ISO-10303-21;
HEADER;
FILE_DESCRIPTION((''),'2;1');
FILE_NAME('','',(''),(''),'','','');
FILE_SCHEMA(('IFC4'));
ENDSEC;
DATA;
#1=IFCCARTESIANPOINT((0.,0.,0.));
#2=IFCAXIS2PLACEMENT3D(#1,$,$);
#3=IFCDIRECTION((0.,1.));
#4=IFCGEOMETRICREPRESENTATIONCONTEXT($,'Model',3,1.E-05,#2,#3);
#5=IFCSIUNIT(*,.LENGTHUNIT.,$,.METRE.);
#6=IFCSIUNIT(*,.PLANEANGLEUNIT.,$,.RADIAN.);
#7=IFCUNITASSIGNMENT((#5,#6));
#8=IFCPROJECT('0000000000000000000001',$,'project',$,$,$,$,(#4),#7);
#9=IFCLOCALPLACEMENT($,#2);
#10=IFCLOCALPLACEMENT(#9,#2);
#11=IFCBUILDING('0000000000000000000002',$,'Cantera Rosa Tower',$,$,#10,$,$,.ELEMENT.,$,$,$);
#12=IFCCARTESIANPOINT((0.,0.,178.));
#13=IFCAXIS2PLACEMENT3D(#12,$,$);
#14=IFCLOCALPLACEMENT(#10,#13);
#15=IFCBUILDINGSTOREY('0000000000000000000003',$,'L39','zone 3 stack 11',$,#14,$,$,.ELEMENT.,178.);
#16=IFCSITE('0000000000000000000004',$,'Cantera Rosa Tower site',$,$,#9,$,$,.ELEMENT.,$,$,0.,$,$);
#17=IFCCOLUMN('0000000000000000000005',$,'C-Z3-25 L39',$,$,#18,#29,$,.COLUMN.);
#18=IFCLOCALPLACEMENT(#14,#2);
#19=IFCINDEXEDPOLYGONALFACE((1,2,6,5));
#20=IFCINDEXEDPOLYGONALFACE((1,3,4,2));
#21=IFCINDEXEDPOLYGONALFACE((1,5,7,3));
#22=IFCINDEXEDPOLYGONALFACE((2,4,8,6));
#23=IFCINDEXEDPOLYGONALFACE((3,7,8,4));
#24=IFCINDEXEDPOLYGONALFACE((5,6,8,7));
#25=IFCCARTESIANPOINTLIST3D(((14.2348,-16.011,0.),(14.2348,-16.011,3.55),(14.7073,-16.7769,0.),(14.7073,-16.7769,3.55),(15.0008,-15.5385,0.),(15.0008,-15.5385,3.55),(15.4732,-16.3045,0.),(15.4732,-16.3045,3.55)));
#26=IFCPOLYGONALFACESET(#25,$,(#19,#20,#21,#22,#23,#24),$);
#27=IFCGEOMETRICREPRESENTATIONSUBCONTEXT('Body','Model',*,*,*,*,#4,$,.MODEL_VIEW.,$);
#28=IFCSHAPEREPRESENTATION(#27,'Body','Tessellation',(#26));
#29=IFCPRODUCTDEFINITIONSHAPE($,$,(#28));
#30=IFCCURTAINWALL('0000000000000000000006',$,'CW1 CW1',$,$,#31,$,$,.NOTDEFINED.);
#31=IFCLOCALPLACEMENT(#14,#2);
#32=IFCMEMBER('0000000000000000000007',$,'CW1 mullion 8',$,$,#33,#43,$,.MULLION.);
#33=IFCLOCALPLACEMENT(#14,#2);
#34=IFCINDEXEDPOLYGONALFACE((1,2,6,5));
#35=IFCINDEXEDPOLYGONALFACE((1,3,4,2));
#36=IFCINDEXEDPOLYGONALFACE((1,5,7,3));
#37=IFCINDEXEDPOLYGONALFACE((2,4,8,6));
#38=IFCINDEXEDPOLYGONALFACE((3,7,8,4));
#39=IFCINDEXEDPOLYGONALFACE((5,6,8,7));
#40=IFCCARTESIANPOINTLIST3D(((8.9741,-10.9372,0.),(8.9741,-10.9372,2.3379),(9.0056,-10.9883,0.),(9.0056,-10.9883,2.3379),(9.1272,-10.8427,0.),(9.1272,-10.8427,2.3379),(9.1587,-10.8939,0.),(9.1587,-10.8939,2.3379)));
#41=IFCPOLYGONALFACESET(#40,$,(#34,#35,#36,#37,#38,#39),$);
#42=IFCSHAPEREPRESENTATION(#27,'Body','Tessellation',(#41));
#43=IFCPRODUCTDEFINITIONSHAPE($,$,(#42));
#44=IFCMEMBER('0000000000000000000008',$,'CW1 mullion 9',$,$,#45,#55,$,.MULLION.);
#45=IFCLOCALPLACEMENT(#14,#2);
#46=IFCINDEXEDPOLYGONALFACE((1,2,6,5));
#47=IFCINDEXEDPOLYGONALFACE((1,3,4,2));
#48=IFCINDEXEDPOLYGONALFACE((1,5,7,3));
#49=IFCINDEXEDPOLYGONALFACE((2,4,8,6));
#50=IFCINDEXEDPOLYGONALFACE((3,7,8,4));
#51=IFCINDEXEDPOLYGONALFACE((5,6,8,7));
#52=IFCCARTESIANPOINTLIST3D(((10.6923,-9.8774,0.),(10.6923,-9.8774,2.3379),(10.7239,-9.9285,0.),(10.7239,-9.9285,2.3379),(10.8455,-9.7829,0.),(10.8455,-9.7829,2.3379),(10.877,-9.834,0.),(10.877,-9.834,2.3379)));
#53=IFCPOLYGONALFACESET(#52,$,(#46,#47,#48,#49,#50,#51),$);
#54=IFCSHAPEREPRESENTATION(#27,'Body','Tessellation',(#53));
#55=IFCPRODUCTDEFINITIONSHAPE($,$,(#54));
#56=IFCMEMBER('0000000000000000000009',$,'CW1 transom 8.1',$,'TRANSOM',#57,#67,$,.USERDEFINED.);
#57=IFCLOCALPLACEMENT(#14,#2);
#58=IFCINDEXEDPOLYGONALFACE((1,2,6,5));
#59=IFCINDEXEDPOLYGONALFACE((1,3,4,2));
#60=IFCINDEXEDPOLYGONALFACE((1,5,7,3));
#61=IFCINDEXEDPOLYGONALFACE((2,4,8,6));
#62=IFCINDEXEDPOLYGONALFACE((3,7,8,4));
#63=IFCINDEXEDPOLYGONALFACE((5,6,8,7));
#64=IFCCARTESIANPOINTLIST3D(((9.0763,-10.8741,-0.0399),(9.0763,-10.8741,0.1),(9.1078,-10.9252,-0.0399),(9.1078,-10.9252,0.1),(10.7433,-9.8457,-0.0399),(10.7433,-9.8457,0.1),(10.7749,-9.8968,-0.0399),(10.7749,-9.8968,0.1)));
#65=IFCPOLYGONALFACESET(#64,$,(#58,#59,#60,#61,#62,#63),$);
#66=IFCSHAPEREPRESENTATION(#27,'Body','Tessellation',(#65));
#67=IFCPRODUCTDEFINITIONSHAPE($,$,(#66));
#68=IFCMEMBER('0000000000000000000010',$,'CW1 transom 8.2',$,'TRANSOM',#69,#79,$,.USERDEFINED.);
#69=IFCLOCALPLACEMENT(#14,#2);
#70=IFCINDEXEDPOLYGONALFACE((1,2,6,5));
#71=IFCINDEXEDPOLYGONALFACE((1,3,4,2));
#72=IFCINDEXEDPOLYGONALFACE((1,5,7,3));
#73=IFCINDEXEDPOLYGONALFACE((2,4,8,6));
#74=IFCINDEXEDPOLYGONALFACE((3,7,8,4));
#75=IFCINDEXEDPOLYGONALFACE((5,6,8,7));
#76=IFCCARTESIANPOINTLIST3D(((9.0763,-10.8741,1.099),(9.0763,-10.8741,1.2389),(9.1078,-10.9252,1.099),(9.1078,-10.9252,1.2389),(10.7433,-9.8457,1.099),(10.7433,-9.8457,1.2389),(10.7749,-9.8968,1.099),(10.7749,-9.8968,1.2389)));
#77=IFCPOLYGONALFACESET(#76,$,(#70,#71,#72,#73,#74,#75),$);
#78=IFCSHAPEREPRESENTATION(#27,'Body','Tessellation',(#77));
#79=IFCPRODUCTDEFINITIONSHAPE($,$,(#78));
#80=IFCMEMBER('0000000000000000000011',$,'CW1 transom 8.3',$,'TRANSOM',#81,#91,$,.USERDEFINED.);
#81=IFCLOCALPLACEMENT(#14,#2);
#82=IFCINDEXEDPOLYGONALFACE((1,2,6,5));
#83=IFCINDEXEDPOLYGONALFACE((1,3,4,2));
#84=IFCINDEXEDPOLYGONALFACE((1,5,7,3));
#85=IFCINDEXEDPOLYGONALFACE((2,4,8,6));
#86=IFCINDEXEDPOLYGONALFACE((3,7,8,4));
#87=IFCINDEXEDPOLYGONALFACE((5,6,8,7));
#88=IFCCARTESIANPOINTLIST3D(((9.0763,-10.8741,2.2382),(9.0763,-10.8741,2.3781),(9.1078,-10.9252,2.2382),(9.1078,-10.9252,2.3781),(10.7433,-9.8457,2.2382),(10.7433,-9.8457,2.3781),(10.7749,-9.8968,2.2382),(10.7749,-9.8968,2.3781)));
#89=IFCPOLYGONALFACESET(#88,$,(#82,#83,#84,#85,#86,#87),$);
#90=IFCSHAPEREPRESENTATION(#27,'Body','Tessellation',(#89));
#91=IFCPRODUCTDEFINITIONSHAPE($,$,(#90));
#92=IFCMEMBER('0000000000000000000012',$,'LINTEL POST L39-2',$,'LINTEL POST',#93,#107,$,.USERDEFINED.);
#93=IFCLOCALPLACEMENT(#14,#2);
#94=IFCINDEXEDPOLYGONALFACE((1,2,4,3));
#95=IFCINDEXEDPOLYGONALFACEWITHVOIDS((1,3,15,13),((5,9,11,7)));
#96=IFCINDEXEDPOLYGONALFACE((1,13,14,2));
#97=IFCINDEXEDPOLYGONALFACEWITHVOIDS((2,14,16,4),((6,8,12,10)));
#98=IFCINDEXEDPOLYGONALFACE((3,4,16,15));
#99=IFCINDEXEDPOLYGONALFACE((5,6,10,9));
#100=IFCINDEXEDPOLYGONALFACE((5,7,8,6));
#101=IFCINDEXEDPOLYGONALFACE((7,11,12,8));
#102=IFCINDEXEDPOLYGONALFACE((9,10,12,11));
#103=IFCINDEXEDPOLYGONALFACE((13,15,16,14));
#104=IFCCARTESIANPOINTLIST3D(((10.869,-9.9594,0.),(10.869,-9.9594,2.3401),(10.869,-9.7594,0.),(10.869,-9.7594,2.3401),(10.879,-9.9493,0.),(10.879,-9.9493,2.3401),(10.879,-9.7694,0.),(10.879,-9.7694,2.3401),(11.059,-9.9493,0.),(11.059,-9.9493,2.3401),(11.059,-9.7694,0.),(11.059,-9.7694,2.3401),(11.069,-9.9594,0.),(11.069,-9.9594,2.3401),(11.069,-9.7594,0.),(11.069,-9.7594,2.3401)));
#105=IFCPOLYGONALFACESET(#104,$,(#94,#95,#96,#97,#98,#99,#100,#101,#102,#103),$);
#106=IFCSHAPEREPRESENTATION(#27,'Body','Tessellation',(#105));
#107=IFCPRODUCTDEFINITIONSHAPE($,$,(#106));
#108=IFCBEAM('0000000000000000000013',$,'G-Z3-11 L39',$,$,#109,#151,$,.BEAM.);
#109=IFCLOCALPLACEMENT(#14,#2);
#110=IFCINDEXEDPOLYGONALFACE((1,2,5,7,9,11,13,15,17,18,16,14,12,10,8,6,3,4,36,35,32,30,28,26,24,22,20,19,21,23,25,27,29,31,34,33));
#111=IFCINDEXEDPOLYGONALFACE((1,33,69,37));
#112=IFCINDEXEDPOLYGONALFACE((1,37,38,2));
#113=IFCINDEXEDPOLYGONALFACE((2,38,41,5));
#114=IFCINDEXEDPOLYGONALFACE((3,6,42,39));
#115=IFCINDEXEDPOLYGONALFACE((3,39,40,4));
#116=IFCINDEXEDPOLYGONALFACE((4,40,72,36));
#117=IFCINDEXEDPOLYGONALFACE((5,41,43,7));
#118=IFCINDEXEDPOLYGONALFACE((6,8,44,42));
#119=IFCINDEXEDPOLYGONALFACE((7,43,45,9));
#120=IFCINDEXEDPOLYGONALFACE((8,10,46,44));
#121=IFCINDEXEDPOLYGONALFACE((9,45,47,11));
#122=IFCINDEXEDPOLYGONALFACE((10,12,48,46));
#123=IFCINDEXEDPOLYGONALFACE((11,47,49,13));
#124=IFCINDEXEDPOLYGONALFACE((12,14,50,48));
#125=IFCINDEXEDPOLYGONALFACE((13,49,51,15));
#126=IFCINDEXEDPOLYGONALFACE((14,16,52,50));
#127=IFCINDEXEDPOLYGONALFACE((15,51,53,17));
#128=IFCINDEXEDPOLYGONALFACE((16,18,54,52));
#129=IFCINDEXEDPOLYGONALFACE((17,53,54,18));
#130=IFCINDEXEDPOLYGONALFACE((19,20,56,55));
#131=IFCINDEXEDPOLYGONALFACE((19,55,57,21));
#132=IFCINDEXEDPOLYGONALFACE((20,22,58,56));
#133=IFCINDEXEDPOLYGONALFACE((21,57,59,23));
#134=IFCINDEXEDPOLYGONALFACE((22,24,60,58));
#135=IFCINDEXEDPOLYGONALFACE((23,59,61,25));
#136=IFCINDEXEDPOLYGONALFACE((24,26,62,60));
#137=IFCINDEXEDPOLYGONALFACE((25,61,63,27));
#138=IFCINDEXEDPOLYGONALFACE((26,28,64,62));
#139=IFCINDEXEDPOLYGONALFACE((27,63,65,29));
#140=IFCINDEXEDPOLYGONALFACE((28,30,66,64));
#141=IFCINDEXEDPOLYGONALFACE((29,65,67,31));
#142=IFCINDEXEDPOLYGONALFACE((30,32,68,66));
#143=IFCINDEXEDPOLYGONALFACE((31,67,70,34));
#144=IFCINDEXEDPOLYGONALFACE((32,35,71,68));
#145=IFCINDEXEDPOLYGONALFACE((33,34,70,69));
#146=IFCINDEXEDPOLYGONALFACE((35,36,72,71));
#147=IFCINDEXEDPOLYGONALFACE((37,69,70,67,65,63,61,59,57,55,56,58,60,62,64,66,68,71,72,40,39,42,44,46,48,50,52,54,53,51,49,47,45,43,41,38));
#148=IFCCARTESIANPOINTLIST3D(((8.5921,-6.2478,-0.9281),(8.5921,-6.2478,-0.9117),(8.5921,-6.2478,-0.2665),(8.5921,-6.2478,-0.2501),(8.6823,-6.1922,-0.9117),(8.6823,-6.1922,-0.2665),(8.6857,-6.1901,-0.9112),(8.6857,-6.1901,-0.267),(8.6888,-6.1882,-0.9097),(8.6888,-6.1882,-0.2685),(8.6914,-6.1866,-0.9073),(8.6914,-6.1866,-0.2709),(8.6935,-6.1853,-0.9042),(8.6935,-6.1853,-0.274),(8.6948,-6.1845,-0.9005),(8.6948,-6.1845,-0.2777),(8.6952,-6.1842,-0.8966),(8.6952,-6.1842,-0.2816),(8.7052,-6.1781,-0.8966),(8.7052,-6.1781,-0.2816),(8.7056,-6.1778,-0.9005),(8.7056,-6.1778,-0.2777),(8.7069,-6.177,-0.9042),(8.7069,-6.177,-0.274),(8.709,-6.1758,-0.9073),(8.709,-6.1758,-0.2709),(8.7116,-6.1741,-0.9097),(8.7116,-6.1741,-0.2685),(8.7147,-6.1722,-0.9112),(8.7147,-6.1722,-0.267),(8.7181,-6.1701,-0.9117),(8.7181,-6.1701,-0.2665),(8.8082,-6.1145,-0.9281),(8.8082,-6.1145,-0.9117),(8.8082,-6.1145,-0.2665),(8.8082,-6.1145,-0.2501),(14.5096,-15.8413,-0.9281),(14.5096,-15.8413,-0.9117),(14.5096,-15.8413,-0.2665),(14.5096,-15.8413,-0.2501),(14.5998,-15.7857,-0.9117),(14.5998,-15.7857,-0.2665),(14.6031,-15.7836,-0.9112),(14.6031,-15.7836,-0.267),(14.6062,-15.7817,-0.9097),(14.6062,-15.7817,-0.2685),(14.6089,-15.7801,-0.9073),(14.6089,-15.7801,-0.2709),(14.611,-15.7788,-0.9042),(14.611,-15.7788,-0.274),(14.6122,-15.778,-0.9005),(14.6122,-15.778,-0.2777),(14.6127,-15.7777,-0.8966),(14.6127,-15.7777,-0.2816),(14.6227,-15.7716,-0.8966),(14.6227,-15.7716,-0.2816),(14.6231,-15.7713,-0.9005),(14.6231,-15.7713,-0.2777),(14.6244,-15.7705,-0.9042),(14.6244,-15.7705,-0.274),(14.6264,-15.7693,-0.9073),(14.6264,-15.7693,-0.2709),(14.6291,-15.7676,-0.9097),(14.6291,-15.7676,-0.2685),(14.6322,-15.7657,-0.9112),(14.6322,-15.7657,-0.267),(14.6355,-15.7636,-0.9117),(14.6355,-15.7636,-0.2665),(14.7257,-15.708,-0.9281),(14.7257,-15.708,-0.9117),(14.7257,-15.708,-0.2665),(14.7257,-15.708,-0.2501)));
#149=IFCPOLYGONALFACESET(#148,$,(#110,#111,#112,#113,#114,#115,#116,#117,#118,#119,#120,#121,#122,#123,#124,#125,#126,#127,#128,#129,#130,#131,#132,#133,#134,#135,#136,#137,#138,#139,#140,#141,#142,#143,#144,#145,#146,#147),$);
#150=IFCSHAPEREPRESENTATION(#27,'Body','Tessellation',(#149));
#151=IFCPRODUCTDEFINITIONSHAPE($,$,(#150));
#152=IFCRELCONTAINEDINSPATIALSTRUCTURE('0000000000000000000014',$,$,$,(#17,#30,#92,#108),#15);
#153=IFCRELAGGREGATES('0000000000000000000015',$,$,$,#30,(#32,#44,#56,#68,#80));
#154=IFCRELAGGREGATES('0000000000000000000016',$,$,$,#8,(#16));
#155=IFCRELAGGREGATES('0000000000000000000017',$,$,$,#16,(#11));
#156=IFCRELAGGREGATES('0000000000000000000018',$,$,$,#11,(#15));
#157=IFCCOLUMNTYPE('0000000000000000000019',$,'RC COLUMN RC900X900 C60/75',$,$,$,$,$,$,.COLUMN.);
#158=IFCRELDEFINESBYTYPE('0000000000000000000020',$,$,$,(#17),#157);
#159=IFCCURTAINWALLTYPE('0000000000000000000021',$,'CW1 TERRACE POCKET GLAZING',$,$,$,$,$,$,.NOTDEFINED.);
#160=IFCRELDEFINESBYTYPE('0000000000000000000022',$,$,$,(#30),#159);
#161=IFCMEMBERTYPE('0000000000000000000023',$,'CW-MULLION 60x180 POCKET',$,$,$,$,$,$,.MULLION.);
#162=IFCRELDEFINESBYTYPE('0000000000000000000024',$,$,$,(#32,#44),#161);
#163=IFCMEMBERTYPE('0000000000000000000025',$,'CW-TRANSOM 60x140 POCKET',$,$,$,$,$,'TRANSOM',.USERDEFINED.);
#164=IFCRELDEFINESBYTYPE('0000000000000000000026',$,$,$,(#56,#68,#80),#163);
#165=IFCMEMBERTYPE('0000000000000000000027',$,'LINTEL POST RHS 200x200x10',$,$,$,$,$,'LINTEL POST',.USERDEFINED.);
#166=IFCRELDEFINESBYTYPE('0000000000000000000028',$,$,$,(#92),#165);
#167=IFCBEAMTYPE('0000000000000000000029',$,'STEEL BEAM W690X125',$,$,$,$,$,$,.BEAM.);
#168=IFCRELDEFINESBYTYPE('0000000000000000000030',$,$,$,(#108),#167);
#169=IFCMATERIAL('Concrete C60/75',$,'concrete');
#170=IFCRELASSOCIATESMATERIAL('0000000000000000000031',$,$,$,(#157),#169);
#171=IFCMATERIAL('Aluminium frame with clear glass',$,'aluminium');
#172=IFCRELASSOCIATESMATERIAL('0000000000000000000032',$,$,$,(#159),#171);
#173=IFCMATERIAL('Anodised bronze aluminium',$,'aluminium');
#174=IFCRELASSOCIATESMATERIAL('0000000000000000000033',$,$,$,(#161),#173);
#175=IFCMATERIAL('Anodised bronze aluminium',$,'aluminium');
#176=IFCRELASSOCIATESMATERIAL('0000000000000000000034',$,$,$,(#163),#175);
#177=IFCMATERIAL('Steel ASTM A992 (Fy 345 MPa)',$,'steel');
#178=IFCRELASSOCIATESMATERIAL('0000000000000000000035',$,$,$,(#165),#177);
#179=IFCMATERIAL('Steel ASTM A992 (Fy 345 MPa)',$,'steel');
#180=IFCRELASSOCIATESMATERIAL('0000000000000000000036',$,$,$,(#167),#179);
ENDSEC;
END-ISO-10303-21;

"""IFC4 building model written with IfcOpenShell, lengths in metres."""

from ifc_helpers import new_model, si_unit, direction, frame, origin, origin_2d, place, context, subcontext, project, spatial, rectangle, hollow_rectangle, i_section, extrude, material, material_profile, profile_set, type_object, element, aggregate, save


model = new_model("IFC4")

# Units and contexts
model_context = context("Model", 3, precision=1e-05, world=origin(), true_north=direction((0.0, 1.0)))
body_context = subcontext(model_context, "Body", "Model", "MODEL_VIEW")
ifc_project = project(units=[si_unit("LENGTHUNIT", "METRE"), si_unit("PLANEANGLEUNIT", "RADIAN")], contexts=[model_context])

# Site, building, storey
site_placement = place(None, origin())
site = spatial("IfcSite", under=ifc_project, at=site_placement, Name="Cantera Rosa Tower site", CompositionType="ELEMENT", RefElevation=0.0)
building_placement = place(site_placement, origin())
building = spatial("IfcBuilding", under=site, at=building_placement, Name="Cantera Rosa Tower", CompositionType="ELEMENT")
storey_placement = place(building_placement, frame((0.0, 0.0, 178.0)))
storey = spatial("IfcBuildingStorey", under=building, at=storey_placement, Name="L39", Description="zone 3 stack 11", CompositionType="ELEMENT", Elevation=178.0)

# Column
ifc_material_1 = material(Name="Concrete C60/75", Category="concrete")
ifc_material_profile_1 = material_profile(ifc_material_1, rectangle(XDim=0.8999, YDim=0.8999, at=origin_2d()), Name="RC COLUMN RC900X900 C60/75")
ifc_profile_set_1 = profile_set([ifc_material_profile_1], Name="Concrete C60/75")
column_type = type_object("IfcColumnType", Name="RC COLUMN RC900X900 C60/75", PredefinedType="COLUMN", material=ifc_profile_set_1)
column_placement = place(storey_placement, frame((14.854, -16.1577, 0.0), z_axis=(0.0, 0.0, 1.0), x_axis=(0.851117, 0.524977, 0.0)))
element("IfcColumn", 1, at=column_placement, inside=storey, type_object=column_type, Name="C-Z3-25 L39", PredefinedType="COLUMN", context=body_context, shape_type="SweptSolid", body=[
    extrude(rectangle(XDim=0.8999, YDim=0.8999, at=origin_2d()), origin(), (0.0, 0.0, 1.0), 3.55),
])

# Curtain wall, members
ifc_material_2 = material(Name="Aluminium frame with clear glass", Category="aluminium")
curtain_wall_type = type_object("IfcCurtainWallType", Name="CW1 TERRACE POCKET GLAZING", PredefinedType="NOTDEFINED", material=ifc_material_2)
curtain_wall_placement = place(storey_placement, origin())
curtain_wall = element("IfcCurtainWall", 2, at=curtain_wall_placement, inside=storey, type_object=curtain_wall_type, Name="CW1 CW1", PredefinedType="NOTDEFINED")
ifc_material_3 = material(Name="Anodised bronze aluminium", Category="aluminium")
ifc_material_profile_2 = material_profile(ifc_material_3, rectangle(XDim=0.0601, YDim=0.1799, at=origin_2d()), Name="CW-MULLION 60x180 POCKET")
ifc_profile_set_2 = profile_set([ifc_material_profile_2], Name="Anodised bronze aluminium")
member_type_1 = type_object("IfcMemberType", Name="CW-MULLION 60x180 POCKET", PredefinedType="MULLION", material=ifc_profile_set_2)
member_1_placement = place(storey_placement, frame((9.0664, -10.9155, 0.0), z_axis=(0.0, 0.0, 1.0), x_axis=(-0.524977, 0.851117, 0.0)))
member_1 = element("IfcMember", 3, at=member_1_placement, type_object=member_type_1, Name="CW1 mullion 8", PredefinedType="MULLION", context=body_context, shape_type="SweptSolid", body=[
    extrude(rectangle(XDim=0.0601, YDim=0.1799, at=origin_2d()), origin(), (0.0, 0.0, 1.0), 2.3379),
])
member_2_placement = place(storey_placement, frame((10.7847, -9.8557, 0.0), z_axis=(0.0, 0.0, 1.0), x_axis=(-0.524977, 0.851117, 0.0)))
member_2 = element("IfcMember", 4, at=member_2_placement, type_object=member_type_1, Name="CW1 mullion 9", PredefinedType="MULLION", context=body_context, shape_type="SweptSolid", body=[
    extrude(rectangle(XDim=0.0601, YDim=0.1799, at=origin_2d()), origin(), (0.0, 0.0, 1.0), 2.3379),
])
ifc_material_4 = material(Name="Anodised bronze aluminium", Category="aluminium")
ifc_material_profile_3 = material_profile(ifc_material_4, rectangle(XDim=0.0601, YDim=0.1399, at=origin_2d()), Name="CW-TRANSOM 60x140 POCKET")
ifc_profile_set_3 = profile_set([ifc_material_profile_3], Name="Anodised bronze aluminium")
member_type_2 = type_object("IfcMemberType", Name="CW-TRANSOM 60x140 POCKET", ElementType="TRANSOM", PredefinedType="USERDEFINED", material=ifc_profile_set_3)
member_3_placement = place(storey_placement, frame((9.092, -10.8997, 0.03), z_axis=(0.851093, 0.525015, 0.0), x_axis=(-0.525015, 0.851093, 0.0)))
member_3 = element("IfcMember", 5, at=member_3_placement, type_object=member_type_2, Name="CW1 transom 8.1", ObjectType="TRANSOM", PredefinedType="USERDEFINED", context=body_context, shape_type="SweptSolid", body=[
    extrude(rectangle(XDim=0.0601, YDim=0.1399, at=origin_2d()), origin(), (0.0, 0.0, 1.0), 1.9587),
])
member_4_placement = place(storey_placement, frame((9.092, -10.8997, 1.1689), z_axis=(0.851093, 0.525015, 0.0), x_axis=(-0.525015, 0.851093, 0.0)))
member_4 = element("IfcMember", 6, at=member_4_placement, type_object=member_type_2, Name="CW1 transom 8.2", ObjectType="TRANSOM", PredefinedType="USERDEFINED", context=body_context, shape_type="SweptSolid", body=[
    extrude(rectangle(XDim=0.0601, YDim=0.1399, at=origin_2d()), origin(), (0.0, 0.0, 1.0), 1.9587),
])
member_5_placement = place(storey_placement, frame((9.092, -10.8997, 2.3081), z_axis=(0.851093, 0.525015, 0.0), x_axis=(-0.525015, 0.851093, 0.0)))
member_5 = element("IfcMember", 7, at=member_5_placement, type_object=member_type_2, Name="CW1 transom 8.3", ObjectType="TRANSOM", PredefinedType="USERDEFINED", context=body_context, shape_type="SweptSolid", body=[
    extrude(rectangle(XDim=0.0601, YDim=0.1399, at=origin_2d()), origin(), (0.0, 0.0, 1.0), 1.9587),
])

# Member
ifc_material_5 = material(Name="Steel ASTM A992 (Fy 345 MPa)", Category="steel")
ifc_material_profile_4 = material_profile(ifc_material_5, hollow_rectangle(XDim=0.2, YDim=0.2, WallThickness=0.01, at=origin_2d()), Name="LINTEL POST RHS 200x200x10")
ifc_profile_set_4 = profile_set([ifc_material_profile_4], Name="Steel ASTM A992 (Fy 345 MPa)")
member_type_3 = type_object("IfcMemberType", Name="LINTEL POST RHS 200x200x10", ElementType="LINTEL POST", PredefinedType="USERDEFINED", material=ifc_profile_set_4)
member_6_placement = place(storey_placement, frame((10.969, -9.8594, 0.0), z_axis=(0.0, 0.0, 1.0), x_axis=(1.0, 0.0, 0.0)))
element("IfcMember", 8, at=member_6_placement, inside=storey, type_object=member_type_3, Name="LINTEL POST L39-2", ObjectType="LINTEL POST", PredefinedType="USERDEFINED", context=body_context, shape_type="SweptSolid", body=[
    extrude(hollow_rectangle(XDim=0.2, YDim=0.2, WallThickness=0.01, at=origin_2d()), origin(), (0.0, 0.0, 1.0), 2.3401),
])

# Beam
ifc_material_6 = material(Name="Steel ASTM A992 (Fy 345 MPa)", Category="steel")
ifc_material_profile_5 = material_profile(ifc_material_6, i_section(OverallWidth=0.2539, OverallDepth=0.678, WebThickness=0.0117, FlangeThickness=0.0164, FilletRadius=0.0151, at=origin_2d()), Name="W690X125")
ifc_profile_set_5 = profile_set([ifc_material_profile_5], Name="Steel ASTM A992 (Fy 345 MPa)")
beam_type_1 = type_object("IfcBeamType", Name="STEEL BEAM W690X125", PredefinedType="BEAM", material=ifc_profile_set_5)
beam_1_placement = place(storey_placement, frame((14.6177, -15.7747, -0.5891), z_axis=(-0.524984, 0.851112, 0.0), x_axis=(-0.851112, -0.524984, 0.0)))
element("IfcBeam", 9, at=beam_1_placement, inside=storey, type_object=beam_type_1, Name="G-Z3-11 L39", PredefinedType="BEAM", context=body_context, shape_type="SweptSolid", body=[
    extrude(i_section(OverallWidth=0.2539, OverallDepth=0.678, WebThickness=0.0117, FlangeThickness=0.0164, FilletRadius=0.0151, at=origin_2d()), origin(), (0.0, 0.0, 1.0), 11.2717),
])

aggregate(curtain_wall, [member_1, member_2, member_3, member_4, member_5])

save(model, "model.ifc")
